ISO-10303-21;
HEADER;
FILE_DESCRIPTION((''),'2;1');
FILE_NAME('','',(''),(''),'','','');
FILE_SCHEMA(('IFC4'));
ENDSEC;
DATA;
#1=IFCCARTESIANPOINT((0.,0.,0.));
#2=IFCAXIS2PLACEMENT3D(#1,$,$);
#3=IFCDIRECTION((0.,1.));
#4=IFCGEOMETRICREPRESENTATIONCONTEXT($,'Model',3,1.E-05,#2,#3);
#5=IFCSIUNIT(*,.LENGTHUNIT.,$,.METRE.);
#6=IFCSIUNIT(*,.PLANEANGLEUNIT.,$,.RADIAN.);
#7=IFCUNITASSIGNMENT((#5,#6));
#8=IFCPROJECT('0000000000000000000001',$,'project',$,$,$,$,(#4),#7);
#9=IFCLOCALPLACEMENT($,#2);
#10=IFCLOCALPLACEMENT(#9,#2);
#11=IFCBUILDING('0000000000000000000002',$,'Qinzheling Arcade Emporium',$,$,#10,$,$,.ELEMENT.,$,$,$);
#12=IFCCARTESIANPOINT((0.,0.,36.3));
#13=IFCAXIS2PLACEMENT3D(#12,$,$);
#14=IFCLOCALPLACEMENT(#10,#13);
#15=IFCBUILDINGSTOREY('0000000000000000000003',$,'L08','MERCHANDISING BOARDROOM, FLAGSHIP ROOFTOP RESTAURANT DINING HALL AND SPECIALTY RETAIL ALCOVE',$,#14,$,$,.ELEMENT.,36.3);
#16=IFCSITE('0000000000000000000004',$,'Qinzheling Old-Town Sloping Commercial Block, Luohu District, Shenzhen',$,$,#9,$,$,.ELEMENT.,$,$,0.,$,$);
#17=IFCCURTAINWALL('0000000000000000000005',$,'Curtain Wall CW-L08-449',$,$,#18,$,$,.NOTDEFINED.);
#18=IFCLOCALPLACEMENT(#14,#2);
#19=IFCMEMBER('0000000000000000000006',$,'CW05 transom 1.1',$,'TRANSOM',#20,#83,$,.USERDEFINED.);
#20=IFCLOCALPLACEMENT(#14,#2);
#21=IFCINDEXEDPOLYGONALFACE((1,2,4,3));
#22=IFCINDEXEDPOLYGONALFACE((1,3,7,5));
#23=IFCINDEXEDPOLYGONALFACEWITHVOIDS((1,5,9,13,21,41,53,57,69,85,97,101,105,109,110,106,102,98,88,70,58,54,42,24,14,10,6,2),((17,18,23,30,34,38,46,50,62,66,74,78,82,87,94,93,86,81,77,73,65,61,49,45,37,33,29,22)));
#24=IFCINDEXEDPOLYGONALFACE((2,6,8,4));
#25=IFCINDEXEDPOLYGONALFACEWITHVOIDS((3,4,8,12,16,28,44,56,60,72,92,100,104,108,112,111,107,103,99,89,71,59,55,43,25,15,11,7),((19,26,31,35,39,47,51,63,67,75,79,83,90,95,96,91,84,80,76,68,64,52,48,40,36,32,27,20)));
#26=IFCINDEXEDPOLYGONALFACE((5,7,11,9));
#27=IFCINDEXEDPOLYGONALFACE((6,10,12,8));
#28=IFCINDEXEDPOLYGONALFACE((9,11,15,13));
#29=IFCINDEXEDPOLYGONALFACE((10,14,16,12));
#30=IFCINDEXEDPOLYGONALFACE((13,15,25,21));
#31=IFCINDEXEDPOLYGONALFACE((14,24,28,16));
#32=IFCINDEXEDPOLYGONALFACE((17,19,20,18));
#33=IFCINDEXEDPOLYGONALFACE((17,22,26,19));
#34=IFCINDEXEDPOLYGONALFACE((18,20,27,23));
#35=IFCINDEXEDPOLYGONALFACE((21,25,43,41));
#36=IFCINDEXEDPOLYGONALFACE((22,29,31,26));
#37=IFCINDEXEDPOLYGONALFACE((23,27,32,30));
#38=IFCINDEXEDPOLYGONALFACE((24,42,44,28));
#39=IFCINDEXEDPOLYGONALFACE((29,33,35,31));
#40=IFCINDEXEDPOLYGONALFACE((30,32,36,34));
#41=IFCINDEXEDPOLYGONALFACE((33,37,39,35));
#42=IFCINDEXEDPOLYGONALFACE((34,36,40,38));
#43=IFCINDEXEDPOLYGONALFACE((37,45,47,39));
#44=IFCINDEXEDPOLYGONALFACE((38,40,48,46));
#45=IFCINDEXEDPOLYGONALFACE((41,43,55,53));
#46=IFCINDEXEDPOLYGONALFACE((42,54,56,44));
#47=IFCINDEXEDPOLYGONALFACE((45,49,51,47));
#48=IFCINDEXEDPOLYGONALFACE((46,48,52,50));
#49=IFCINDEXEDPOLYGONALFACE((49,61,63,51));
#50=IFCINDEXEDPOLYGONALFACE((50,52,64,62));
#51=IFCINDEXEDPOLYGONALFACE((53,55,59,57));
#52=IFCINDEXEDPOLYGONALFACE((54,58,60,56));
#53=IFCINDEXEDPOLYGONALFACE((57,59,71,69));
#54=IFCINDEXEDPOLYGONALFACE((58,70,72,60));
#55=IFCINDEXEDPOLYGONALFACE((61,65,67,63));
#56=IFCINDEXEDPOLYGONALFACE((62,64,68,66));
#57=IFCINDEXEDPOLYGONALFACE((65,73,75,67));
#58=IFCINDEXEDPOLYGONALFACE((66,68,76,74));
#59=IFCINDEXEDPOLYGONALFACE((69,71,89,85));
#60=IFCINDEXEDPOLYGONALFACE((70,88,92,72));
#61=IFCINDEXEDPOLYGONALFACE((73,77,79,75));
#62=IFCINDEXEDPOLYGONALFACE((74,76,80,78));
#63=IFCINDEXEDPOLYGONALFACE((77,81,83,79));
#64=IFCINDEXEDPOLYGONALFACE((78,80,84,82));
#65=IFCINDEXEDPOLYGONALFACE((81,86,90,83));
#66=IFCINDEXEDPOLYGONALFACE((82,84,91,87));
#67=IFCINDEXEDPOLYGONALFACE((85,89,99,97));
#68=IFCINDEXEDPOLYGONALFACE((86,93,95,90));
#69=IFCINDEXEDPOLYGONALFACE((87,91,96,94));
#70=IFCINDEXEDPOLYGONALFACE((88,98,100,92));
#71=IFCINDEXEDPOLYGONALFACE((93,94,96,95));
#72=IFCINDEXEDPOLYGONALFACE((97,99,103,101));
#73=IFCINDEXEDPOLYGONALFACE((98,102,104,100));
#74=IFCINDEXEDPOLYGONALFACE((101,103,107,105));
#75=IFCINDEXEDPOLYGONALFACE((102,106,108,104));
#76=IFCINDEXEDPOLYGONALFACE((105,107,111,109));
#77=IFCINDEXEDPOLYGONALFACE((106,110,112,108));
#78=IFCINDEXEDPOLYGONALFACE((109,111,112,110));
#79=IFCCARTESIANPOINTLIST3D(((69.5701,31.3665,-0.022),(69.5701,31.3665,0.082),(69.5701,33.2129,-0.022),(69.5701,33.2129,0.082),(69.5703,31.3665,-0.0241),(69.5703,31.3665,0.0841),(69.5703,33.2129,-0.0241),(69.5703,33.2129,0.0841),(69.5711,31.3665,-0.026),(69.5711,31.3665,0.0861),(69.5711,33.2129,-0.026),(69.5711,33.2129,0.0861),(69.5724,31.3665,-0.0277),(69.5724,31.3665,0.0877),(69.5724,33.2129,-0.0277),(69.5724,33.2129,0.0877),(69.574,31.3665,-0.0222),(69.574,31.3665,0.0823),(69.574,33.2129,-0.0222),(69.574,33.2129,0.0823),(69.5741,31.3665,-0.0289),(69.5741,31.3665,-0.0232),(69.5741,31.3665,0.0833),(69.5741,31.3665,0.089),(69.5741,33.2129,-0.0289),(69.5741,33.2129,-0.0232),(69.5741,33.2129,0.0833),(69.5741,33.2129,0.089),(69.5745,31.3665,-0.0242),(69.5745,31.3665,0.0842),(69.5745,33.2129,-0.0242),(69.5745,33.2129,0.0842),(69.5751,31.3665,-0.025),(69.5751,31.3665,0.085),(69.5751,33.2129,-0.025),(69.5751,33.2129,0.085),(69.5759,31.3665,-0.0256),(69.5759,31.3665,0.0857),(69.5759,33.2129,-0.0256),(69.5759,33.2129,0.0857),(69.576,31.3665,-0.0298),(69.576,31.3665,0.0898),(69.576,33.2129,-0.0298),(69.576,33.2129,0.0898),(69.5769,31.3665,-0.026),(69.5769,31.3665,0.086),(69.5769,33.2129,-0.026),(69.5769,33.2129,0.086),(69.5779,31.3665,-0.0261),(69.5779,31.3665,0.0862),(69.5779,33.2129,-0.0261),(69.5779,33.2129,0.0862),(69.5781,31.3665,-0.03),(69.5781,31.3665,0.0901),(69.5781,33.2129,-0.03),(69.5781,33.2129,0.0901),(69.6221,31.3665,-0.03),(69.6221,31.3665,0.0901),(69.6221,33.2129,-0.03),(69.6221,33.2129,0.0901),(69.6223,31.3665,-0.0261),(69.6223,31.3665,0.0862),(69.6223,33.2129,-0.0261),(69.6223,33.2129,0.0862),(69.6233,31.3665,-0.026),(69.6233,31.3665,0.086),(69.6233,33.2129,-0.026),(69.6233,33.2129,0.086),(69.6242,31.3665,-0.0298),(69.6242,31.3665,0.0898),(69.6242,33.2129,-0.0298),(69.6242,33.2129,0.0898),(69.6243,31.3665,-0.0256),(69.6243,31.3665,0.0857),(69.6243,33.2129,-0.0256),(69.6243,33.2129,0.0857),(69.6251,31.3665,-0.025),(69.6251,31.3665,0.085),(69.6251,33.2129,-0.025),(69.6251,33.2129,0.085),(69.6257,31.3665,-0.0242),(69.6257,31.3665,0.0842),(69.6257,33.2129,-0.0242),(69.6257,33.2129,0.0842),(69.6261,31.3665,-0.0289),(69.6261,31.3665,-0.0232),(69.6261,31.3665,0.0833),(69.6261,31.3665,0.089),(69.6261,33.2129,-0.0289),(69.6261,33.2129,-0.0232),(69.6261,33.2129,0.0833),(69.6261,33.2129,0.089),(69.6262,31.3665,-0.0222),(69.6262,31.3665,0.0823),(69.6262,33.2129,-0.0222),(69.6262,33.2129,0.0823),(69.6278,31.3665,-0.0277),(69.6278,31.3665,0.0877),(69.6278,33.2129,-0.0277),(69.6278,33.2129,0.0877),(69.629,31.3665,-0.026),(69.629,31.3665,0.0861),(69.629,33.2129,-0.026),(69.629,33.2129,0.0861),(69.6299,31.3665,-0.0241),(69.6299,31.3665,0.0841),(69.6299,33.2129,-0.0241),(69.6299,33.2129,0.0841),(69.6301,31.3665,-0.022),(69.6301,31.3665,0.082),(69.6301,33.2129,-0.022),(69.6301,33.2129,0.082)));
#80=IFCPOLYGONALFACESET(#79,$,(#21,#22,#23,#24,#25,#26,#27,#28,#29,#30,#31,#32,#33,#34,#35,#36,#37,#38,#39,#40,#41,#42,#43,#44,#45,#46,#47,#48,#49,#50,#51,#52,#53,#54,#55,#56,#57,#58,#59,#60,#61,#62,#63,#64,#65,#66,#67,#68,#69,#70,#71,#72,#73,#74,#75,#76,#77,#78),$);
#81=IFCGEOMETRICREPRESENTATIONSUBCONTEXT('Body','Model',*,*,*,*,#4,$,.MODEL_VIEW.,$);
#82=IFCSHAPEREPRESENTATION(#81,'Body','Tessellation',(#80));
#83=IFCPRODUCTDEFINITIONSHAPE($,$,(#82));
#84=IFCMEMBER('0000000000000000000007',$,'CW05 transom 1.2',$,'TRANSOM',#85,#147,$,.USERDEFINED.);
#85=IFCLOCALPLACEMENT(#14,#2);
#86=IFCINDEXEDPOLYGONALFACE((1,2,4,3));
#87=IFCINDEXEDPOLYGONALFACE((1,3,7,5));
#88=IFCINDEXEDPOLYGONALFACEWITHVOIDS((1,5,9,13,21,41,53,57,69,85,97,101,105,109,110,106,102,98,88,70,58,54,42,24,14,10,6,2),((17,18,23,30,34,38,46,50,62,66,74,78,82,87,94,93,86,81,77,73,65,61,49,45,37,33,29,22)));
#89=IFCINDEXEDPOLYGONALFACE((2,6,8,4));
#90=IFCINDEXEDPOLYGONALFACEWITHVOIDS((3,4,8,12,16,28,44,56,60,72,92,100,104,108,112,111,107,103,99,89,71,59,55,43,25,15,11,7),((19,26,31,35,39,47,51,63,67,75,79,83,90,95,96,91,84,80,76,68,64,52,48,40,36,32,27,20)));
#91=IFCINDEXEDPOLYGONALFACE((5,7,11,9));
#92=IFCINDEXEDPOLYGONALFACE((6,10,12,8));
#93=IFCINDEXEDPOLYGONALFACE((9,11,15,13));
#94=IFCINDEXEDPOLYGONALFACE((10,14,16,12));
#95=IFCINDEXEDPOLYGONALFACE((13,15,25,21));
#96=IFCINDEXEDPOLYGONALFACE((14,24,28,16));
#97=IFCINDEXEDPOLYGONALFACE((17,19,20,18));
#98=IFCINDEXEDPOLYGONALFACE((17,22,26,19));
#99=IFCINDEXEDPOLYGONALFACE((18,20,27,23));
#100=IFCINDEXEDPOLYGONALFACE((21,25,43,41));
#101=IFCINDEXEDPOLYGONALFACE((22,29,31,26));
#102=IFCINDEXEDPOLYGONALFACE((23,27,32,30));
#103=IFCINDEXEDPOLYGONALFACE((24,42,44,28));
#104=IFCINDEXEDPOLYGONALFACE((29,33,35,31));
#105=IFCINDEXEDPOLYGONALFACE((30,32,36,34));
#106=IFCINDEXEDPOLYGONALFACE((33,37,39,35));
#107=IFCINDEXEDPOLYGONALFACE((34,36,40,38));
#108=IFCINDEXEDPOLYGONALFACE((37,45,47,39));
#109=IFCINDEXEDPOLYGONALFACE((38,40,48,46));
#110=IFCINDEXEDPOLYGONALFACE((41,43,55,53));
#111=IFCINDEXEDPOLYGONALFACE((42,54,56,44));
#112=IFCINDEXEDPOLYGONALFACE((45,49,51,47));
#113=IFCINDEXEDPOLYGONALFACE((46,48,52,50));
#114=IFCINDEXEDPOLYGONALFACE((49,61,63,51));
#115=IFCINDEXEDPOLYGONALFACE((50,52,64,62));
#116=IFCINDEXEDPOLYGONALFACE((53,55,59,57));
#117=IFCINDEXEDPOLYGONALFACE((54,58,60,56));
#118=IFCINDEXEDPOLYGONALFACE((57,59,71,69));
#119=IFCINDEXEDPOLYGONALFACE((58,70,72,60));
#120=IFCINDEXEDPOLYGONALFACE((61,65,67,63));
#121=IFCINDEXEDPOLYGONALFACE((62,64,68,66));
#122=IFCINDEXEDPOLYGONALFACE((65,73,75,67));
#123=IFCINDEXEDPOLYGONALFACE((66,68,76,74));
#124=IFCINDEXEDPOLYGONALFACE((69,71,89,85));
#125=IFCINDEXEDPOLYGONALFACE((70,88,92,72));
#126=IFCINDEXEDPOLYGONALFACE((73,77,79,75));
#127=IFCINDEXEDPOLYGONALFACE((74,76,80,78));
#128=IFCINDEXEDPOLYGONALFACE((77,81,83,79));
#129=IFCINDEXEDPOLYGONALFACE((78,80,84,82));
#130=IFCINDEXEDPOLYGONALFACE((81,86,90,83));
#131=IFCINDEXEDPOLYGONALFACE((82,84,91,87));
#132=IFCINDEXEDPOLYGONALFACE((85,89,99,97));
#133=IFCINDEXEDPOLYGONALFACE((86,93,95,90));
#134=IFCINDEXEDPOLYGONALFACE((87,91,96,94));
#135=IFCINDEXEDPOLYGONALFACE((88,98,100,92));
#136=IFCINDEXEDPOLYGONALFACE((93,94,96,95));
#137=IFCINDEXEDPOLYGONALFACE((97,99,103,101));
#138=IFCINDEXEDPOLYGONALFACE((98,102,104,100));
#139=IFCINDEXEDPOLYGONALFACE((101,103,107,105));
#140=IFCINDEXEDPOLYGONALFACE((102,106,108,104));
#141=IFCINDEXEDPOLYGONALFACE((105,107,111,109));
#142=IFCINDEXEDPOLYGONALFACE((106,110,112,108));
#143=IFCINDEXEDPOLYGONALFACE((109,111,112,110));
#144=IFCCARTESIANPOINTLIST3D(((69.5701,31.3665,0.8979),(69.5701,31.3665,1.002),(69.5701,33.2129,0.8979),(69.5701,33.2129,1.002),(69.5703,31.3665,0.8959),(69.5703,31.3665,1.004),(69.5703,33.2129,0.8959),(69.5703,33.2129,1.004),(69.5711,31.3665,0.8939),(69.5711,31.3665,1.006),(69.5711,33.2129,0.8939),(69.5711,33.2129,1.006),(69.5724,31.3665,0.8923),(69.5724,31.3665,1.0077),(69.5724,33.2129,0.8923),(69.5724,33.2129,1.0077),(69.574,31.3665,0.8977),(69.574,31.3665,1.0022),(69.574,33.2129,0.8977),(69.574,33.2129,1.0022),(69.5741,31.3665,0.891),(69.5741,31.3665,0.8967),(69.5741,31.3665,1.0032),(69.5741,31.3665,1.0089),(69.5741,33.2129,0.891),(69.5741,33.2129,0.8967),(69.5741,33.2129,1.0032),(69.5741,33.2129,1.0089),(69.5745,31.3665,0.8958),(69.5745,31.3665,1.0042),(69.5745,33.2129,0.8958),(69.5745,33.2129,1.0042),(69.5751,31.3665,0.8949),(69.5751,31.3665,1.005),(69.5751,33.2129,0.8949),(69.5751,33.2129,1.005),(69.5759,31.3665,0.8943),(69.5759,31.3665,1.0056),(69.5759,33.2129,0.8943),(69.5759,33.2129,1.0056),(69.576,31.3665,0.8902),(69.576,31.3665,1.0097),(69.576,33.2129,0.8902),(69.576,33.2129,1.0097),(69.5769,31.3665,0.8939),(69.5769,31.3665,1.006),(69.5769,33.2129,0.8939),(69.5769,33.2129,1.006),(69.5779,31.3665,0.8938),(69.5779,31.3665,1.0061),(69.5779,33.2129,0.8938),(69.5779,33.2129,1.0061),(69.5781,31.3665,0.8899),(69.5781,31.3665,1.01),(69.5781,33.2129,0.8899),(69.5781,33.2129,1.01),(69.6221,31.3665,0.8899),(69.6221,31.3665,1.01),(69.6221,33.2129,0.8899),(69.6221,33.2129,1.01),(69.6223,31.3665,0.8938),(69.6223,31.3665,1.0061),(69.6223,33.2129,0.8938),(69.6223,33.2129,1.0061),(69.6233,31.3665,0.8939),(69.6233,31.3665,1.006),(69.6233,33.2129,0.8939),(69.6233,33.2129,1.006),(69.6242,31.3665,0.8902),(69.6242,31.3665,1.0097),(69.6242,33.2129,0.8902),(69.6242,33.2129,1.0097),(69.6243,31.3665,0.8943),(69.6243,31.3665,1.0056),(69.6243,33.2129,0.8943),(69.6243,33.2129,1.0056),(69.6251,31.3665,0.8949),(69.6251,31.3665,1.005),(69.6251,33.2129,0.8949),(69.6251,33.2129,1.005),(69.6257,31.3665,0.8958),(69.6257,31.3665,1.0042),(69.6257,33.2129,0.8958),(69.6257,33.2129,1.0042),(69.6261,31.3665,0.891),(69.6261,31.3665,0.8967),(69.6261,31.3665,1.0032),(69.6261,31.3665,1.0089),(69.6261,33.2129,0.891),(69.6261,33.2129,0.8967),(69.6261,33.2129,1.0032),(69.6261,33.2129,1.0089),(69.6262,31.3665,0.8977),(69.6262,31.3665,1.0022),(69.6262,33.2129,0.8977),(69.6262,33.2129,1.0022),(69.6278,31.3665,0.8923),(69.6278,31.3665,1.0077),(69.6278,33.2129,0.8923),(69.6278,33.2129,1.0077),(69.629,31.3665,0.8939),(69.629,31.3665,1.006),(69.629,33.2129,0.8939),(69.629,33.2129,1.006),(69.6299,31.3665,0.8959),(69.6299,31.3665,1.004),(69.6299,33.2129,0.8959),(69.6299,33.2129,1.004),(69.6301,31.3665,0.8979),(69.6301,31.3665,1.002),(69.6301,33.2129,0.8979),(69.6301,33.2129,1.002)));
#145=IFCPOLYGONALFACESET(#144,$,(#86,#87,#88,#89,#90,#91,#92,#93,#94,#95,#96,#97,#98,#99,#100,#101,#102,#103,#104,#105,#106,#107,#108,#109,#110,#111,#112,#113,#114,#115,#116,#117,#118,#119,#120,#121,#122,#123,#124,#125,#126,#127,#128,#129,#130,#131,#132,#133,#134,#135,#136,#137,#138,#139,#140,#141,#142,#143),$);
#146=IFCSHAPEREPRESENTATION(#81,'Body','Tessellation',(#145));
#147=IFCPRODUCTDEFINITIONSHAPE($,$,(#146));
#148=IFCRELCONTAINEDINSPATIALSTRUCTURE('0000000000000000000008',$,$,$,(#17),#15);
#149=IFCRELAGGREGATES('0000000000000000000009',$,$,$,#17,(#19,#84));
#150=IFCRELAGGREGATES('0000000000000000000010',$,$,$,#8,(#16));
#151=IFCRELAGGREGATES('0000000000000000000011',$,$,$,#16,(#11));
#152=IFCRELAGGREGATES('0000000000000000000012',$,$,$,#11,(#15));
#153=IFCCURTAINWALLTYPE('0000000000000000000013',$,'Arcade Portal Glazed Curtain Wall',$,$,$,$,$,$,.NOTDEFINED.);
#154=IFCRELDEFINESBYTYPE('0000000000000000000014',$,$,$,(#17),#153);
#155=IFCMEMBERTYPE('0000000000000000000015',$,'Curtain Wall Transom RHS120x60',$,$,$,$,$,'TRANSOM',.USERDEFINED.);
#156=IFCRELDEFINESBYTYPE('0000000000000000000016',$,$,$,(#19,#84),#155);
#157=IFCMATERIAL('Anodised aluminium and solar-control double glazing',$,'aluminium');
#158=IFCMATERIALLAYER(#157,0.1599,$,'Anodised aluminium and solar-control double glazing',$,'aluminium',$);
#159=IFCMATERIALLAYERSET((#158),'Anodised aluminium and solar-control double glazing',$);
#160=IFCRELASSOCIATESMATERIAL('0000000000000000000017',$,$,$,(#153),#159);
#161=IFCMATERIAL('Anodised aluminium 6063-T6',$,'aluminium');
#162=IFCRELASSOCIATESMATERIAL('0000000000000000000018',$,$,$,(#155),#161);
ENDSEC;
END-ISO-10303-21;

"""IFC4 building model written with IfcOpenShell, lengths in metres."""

from ifc_helpers import new_model, si_unit, direction, frame, origin, origin_2d, place, context, subcontext, project, spatial, hollow_rectangle, extrude, material, layer, layer_set, material_profile, profile_set, type_object, element, aggregate, save


model = new_model("IFC4")

# Units and contexts
model_context = context("Model", 3, precision=1e-05, world=origin(), true_north=direction((0.0, 1.0)))
body_context = subcontext(model_context, "Body", "Model", "MODEL_VIEW")
ifc_project = project(units=[si_unit("LENGTHUNIT", "METRE"), si_unit("PLANEANGLEUNIT", "RADIAN")], contexts=[model_context])

# Site, building, storey
site_placement = place(None, origin())
site = spatial("IfcSite", under=ifc_project, at=site_placement, Name="Qinzheling Old-Town Sloping Commercial Block, Luohu District, Shenzhen", CompositionType="ELEMENT", RefElevation=0.0)
building_placement = place(site_placement, origin())
building = spatial("IfcBuilding", under=site, at=building_placement, Name="Qinzheling Arcade Emporium", CompositionType="ELEMENT")
storey_placement = place(building_placement, frame((0.0, 0.0, 36.3)))
storey = spatial("IfcBuildingStorey", under=building, at=storey_placement, Name="L08", Description="MERCHANDISING BOARDROOM, FLAGSHIP ROOFTOP RESTAURANT DINING HALL AND SPECIALTY RETAIL ALCOVE", CompositionType="ELEMENT", Elevation=36.3)

# Curtain wall
ifc_material_1 = material(Name="Anodised aluminium and solar-control double glazing", Category="aluminium")
ifc_layer_1 = layer(ifc_material_1, 0.1599, Name="Anodised aluminium and solar-control double glazing", Category="aluminium")
ifc_layer_set_1 = layer_set([ifc_layer_1], Name="Anodised aluminium and solar-control double glazing")
curtain_wall_type = type_object("IfcCurtainWallType", Name="Arcade Portal Glazed Curtain Wall", PredefinedType="NOTDEFINED", material=ifc_layer_set_1)
ifc_material_2 = material(Name="Anodised aluminium 6063-T6", Category="aluminium")
curtain_wall_1_placement = place(storey_placement, origin())
curtain_wall_1 = element("IfcCurtainWall", 1, at=curtain_wall_1_placement, inside=storey, type_object=curtain_wall_type, Name="Curtain Wall CW-L08-449", PredefinedType="NOTDEFINED")

# Members
ifc_material_profile_1 = material_profile(ifc_material_2, hollow_rectangle(XDim=0.0601, YDim=0.1201, WallThickness=0.0039, InnerFilletRadius=0.0039, OuterFilletRadius=0.0081, at=origin_2d()), Name="RHS 120x60x4", Category="aluminium")
ifc_profile_set_1 = profile_set([ifc_material_profile_1], Name="Anodised aluminium 6063-T6")
member_type_1 = type_object("IfcMemberType", Name="Curtain Wall Transom RHS120x60", ElementType="TRANSOM", PredefinedType="USERDEFINED", material=ifc_profile_set_1)
member_1_placement = place(storey_placement, frame((69.6001, 33.2129, 0.03), z_axis=(0.0, -1.0, 0.0), x_axis=(1.0, 0.0, 0.0)))
member_1 = element("IfcMember", 2, at=member_1_placement, type_object=member_type_1, Name="CW05 transom 1.1", ObjectType="TRANSOM", PredefinedType="USERDEFINED", context=body_context, shape_type="SweptSolid", body=[
    extrude(hollow_rectangle(XDim=0.0601, YDim=0.1201, WallThickness=0.0039, InnerFilletRadius=0.0039, OuterFilletRadius=0.0081, at=origin_2d()), origin(), (0.0, 0.0, 1.0), 1.8464),
])
member_2_placement = place(storey_placement, frame((69.6001, 33.2129, 0.95), z_axis=(0.0, -1.0, 0.0), x_axis=(1.0, 0.0, 0.0)))
member_2 = element("IfcMember", 3, at=member_2_placement, type_object=member_type_1, Name="CW05 transom 1.2", ObjectType="TRANSOM", PredefinedType="USERDEFINED", context=body_context, shape_type="SweptSolid", body=[
    extrude(hollow_rectangle(XDim=0.0601, YDim=0.1201, WallThickness=0.0039, InnerFilletRadius=0.0039, OuterFilletRadius=0.0081, at=origin_2d()), origin(), (0.0, 0.0, 1.0), 1.8464),
])

aggregate(curtain_wall_1, [member_1, member_2])

save(model, "model.ifc")
